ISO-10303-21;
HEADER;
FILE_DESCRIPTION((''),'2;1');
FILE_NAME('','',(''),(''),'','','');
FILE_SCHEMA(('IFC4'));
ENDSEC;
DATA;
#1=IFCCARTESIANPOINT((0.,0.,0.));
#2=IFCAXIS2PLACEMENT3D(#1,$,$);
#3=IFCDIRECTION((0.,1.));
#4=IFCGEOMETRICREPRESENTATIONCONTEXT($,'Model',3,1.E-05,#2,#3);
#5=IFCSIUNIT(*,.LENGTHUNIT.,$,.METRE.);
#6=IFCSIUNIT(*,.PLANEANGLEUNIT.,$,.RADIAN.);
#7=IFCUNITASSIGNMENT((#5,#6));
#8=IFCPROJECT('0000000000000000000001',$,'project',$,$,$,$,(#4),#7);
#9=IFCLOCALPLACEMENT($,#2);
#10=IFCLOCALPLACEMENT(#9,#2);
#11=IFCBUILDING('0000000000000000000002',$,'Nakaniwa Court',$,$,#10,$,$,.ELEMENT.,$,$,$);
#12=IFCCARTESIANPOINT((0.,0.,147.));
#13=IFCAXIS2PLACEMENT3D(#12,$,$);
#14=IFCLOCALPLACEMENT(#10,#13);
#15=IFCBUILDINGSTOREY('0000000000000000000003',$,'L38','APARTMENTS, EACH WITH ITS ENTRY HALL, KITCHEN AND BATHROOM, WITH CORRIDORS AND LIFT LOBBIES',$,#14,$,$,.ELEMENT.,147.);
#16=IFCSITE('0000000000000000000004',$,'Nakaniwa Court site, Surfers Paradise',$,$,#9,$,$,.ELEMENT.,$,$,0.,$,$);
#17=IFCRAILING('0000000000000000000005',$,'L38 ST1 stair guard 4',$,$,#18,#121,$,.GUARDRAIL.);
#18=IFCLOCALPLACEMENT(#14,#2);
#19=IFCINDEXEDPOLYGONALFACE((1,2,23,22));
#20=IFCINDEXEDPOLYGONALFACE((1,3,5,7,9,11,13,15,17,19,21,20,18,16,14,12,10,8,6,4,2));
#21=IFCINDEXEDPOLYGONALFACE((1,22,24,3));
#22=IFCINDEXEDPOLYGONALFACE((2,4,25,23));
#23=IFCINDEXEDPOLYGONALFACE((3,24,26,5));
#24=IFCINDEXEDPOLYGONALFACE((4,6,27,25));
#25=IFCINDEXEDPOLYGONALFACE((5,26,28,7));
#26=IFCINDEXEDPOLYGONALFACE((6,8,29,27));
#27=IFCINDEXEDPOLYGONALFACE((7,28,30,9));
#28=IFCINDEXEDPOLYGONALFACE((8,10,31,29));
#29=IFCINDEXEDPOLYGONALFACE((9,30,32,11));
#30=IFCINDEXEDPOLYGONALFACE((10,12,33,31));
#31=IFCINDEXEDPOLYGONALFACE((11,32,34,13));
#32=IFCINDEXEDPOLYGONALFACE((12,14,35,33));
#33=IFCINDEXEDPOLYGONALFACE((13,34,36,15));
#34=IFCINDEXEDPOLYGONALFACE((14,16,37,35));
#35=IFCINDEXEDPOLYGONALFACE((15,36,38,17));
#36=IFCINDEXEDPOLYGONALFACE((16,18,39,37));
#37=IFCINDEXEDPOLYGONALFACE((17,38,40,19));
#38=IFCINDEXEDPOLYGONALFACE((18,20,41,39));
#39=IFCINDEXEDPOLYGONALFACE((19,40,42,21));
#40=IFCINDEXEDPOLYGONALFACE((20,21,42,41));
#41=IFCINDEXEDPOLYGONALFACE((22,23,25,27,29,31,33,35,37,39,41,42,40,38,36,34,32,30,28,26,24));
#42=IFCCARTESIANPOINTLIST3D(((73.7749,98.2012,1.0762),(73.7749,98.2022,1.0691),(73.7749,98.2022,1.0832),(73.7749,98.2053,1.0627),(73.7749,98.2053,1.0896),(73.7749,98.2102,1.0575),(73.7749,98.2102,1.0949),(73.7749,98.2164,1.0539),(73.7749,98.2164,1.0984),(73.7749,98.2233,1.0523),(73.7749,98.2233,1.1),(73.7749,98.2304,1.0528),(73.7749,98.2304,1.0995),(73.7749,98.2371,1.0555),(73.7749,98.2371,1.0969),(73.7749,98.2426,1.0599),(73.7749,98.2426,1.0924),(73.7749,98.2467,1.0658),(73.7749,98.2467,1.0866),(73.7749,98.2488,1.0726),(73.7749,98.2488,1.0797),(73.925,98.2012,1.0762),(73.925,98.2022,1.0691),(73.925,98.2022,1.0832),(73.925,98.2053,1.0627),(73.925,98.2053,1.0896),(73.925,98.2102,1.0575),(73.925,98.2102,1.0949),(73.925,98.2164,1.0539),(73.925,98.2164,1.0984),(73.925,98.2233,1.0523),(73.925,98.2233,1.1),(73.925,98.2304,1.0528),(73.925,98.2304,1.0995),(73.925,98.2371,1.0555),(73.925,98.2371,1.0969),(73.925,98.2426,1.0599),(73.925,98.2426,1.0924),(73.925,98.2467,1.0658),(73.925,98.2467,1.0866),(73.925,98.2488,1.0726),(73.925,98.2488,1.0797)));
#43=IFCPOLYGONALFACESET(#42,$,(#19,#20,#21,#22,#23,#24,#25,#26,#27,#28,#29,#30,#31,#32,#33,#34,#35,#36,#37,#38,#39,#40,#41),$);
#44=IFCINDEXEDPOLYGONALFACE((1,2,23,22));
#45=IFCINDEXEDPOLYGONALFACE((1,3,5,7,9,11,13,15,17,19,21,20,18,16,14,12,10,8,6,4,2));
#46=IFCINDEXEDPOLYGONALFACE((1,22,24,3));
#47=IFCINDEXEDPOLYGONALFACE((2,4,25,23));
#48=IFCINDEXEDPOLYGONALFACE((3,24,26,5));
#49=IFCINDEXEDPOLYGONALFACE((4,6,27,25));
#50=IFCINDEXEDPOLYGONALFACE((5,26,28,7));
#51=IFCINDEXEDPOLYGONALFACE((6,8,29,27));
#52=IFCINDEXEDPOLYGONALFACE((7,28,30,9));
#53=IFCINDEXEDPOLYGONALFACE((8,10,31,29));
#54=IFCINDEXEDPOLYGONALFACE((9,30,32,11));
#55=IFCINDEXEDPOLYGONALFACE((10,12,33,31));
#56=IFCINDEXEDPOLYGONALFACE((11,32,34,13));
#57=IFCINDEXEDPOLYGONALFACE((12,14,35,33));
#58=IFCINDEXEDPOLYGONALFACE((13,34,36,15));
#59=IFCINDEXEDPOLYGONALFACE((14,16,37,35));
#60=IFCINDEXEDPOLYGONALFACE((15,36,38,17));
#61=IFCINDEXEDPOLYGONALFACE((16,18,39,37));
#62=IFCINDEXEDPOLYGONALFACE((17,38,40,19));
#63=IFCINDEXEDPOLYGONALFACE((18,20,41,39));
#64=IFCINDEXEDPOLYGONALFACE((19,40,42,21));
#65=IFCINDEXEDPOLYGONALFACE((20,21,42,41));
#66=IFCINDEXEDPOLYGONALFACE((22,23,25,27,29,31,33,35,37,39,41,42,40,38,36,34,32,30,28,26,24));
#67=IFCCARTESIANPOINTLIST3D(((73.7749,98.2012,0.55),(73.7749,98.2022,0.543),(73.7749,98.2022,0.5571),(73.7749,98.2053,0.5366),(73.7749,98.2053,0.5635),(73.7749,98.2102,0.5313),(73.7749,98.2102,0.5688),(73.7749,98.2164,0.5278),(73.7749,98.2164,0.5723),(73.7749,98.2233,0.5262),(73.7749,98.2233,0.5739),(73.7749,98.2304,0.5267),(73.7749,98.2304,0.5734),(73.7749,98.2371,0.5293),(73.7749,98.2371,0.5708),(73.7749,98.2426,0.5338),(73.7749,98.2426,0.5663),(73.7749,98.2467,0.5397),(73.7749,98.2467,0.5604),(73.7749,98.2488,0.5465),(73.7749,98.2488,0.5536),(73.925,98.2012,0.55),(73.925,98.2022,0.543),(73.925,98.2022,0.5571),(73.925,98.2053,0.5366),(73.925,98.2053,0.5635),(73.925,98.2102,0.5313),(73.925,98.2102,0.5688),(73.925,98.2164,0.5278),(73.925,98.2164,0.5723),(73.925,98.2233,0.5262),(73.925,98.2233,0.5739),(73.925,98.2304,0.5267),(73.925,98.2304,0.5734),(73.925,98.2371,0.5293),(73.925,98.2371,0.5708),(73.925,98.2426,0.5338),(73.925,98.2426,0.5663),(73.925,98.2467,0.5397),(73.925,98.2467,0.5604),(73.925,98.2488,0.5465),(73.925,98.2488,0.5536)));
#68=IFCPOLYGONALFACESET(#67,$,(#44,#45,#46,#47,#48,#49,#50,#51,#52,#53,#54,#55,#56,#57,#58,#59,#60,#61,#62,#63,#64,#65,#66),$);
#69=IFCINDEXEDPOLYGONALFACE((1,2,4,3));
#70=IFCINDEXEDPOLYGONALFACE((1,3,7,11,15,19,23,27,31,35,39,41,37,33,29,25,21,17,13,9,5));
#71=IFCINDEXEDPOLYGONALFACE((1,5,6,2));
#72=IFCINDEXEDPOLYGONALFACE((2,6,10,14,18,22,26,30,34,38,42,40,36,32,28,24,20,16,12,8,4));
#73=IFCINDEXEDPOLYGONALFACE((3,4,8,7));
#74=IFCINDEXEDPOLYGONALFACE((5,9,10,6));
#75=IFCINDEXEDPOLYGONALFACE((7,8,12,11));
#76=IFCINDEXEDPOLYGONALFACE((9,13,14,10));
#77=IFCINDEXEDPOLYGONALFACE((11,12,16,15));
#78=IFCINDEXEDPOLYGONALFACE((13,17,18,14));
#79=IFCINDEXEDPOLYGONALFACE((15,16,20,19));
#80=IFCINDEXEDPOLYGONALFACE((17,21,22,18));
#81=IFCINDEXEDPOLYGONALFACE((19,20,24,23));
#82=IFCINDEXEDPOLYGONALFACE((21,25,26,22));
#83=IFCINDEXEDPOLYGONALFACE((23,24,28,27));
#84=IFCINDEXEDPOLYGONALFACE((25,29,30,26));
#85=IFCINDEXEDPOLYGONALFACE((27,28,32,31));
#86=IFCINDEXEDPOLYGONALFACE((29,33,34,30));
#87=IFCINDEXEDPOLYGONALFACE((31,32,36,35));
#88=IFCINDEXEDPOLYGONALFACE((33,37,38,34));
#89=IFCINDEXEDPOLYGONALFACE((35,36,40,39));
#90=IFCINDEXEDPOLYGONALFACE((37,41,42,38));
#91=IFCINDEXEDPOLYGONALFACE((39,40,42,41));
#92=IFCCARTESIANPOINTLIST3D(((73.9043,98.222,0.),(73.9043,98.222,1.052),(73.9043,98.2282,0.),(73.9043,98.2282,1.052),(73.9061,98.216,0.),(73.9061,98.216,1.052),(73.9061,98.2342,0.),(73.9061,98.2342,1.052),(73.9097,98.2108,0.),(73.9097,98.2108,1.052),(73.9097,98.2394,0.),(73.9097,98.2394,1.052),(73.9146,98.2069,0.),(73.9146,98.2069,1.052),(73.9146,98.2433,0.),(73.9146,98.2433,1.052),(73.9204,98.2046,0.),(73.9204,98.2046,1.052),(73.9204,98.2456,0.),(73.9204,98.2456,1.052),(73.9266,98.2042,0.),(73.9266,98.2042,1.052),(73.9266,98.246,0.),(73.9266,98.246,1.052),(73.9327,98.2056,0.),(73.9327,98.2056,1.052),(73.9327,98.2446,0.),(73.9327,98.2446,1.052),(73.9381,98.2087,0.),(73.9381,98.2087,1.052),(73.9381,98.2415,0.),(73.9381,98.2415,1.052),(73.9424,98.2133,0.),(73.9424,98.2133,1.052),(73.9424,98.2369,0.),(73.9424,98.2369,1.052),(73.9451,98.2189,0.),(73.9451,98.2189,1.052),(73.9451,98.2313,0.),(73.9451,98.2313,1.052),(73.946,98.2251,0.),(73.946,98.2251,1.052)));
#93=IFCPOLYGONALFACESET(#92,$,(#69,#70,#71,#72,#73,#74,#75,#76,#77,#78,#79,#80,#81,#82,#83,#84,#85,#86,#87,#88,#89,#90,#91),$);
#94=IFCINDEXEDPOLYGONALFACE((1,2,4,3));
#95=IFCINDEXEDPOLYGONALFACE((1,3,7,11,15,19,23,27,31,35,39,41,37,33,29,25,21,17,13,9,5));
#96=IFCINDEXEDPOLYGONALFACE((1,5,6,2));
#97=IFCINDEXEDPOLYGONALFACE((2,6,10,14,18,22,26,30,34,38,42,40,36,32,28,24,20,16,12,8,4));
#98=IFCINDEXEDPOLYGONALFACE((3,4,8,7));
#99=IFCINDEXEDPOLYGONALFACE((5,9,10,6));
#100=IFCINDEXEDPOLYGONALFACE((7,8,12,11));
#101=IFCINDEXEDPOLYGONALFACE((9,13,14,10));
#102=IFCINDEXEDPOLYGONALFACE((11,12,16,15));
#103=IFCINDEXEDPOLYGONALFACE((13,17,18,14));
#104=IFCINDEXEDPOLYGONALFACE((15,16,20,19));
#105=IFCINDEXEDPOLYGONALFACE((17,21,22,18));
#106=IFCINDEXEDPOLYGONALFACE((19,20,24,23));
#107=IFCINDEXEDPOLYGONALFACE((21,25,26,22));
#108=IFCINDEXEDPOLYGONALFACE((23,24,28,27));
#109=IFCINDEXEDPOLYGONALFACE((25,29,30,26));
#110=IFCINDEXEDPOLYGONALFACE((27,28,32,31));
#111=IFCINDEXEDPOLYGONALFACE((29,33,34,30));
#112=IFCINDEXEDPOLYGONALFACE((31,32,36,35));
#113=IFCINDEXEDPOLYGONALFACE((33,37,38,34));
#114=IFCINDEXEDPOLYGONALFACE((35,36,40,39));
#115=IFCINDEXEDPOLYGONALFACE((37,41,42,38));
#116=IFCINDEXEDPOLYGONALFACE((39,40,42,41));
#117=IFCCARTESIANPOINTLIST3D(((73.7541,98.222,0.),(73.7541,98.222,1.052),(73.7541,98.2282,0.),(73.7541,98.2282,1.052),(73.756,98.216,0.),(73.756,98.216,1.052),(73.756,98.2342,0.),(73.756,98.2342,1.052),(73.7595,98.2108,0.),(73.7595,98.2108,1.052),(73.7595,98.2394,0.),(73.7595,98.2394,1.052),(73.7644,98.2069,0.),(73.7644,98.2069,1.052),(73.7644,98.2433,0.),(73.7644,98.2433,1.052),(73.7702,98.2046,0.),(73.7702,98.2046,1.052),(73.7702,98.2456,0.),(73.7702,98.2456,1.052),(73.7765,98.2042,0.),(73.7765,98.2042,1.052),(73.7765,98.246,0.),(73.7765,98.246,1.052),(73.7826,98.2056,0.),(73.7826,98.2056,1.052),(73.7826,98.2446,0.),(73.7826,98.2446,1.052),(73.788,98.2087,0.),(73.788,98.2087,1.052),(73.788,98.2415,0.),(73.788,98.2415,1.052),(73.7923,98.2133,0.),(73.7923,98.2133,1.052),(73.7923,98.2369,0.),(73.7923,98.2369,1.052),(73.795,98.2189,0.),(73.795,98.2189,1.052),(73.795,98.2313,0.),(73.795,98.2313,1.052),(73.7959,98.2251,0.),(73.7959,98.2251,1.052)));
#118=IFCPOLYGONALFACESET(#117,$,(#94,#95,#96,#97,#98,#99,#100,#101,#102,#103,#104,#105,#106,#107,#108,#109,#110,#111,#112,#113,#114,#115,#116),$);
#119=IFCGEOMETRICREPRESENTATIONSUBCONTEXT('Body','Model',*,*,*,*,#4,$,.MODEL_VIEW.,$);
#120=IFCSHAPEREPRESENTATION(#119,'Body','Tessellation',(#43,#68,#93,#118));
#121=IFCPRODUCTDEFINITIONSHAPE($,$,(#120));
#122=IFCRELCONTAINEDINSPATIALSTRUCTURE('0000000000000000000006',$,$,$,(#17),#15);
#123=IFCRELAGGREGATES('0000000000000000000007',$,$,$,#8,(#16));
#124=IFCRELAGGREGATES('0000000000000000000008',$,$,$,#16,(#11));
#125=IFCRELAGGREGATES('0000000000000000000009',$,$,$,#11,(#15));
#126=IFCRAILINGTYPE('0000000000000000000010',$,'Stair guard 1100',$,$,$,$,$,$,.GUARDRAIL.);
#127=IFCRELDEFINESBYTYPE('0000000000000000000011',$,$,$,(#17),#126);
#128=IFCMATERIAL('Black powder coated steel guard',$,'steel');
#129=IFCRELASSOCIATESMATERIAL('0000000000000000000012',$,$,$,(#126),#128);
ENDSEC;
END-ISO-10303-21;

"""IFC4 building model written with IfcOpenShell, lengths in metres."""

from ifc_helpers import new_model, si_unit, direction, frame, origin, origin_2d, place, context, subcontext, project, spatial, circle, extrude, material, type_object, element, save


model = new_model("IFC4")

# Units and contexts
model_context = context("Model", 3, precision=1e-05, world=origin(), true_north=direction((0.0, 1.0)))
body_context = subcontext(model_context, "Body", "Model", "MODEL_VIEW")
ifc_project = project(units=[si_unit("LENGTHUNIT", "METRE"), si_unit("PLANEANGLEUNIT", "RADIAN")], contexts=[model_context])

# Site, building, storey
site_placement = place(None, origin())
site = spatial("IfcSite", under=ifc_project, at=site_placement, Name="Nakaniwa Court site, Surfers Paradise", CompositionType="ELEMENT", RefElevation=0.0)
building_placement = place(site_placement, origin())
building = spatial("IfcBuilding", under=site, at=building_placement, Name="Nakaniwa Court", CompositionType="ELEMENT")
storey_placement = place(building_placement, frame((0.0, 0.0, 147.0)))
storey = spatial("IfcBuildingStorey", under=building, at=storey_placement, Name="L38", Description="APARTMENTS, EACH WITH ITS ENTRY HALL, KITCHEN AND BATHROOM, WITH CORRIDORS AND LIFT LOBBIES", CompositionType="ELEMENT", Elevation=147.0)

# Railing
ifc_material_1 = material(Name="Black powder coated steel guard", Category="steel")
railing_type_1 = type_object("IfcRailingType", Name="Stair guard 1100", PredefinedType="GUARDRAIL", material=ifc_material_1)
railing_1_placement = place(storey_placement, frame((73.925, 98.2251, 0.0)))
element("IfcRailing", 1, at=railing_1_placement, inside=storey, type_object=railing_type_1, Name="L38 ST1 stair guard 4", PredefinedType="GUARDRAIL", context=body_context, shape_type="SweptSolid", body=[
    extrude(circle(Radius=0.0239, at=origin_2d()), frame((0.0, 0.0, 1.0762), z_axis=(-1.0, 0.0, 0.0), x_axis=(0.0, -1.0, 0.0)), (0.0, 0.0, 1.0), 0.1501),
    extrude(circle(Radius=0.0239, at=origin_2d()), frame((0.0, 0.0, 0.55), z_axis=(-1.0, 0.0, 0.0), x_axis=(0.0, -1.0, 0.0)), (0.0, 0.0, 1.0), 0.1501),
    extrude(circle(Radius=0.021, at=origin_2d()), origin(), (0.0, 0.0, 1.0), 1.052),
    extrude(circle(Radius=0.021, at=origin_2d()), frame((-0.1501, 0.0, 0.0)), (0.0, 0.0, 1.0), 1.052),
])

save(model, "model.ifc")
